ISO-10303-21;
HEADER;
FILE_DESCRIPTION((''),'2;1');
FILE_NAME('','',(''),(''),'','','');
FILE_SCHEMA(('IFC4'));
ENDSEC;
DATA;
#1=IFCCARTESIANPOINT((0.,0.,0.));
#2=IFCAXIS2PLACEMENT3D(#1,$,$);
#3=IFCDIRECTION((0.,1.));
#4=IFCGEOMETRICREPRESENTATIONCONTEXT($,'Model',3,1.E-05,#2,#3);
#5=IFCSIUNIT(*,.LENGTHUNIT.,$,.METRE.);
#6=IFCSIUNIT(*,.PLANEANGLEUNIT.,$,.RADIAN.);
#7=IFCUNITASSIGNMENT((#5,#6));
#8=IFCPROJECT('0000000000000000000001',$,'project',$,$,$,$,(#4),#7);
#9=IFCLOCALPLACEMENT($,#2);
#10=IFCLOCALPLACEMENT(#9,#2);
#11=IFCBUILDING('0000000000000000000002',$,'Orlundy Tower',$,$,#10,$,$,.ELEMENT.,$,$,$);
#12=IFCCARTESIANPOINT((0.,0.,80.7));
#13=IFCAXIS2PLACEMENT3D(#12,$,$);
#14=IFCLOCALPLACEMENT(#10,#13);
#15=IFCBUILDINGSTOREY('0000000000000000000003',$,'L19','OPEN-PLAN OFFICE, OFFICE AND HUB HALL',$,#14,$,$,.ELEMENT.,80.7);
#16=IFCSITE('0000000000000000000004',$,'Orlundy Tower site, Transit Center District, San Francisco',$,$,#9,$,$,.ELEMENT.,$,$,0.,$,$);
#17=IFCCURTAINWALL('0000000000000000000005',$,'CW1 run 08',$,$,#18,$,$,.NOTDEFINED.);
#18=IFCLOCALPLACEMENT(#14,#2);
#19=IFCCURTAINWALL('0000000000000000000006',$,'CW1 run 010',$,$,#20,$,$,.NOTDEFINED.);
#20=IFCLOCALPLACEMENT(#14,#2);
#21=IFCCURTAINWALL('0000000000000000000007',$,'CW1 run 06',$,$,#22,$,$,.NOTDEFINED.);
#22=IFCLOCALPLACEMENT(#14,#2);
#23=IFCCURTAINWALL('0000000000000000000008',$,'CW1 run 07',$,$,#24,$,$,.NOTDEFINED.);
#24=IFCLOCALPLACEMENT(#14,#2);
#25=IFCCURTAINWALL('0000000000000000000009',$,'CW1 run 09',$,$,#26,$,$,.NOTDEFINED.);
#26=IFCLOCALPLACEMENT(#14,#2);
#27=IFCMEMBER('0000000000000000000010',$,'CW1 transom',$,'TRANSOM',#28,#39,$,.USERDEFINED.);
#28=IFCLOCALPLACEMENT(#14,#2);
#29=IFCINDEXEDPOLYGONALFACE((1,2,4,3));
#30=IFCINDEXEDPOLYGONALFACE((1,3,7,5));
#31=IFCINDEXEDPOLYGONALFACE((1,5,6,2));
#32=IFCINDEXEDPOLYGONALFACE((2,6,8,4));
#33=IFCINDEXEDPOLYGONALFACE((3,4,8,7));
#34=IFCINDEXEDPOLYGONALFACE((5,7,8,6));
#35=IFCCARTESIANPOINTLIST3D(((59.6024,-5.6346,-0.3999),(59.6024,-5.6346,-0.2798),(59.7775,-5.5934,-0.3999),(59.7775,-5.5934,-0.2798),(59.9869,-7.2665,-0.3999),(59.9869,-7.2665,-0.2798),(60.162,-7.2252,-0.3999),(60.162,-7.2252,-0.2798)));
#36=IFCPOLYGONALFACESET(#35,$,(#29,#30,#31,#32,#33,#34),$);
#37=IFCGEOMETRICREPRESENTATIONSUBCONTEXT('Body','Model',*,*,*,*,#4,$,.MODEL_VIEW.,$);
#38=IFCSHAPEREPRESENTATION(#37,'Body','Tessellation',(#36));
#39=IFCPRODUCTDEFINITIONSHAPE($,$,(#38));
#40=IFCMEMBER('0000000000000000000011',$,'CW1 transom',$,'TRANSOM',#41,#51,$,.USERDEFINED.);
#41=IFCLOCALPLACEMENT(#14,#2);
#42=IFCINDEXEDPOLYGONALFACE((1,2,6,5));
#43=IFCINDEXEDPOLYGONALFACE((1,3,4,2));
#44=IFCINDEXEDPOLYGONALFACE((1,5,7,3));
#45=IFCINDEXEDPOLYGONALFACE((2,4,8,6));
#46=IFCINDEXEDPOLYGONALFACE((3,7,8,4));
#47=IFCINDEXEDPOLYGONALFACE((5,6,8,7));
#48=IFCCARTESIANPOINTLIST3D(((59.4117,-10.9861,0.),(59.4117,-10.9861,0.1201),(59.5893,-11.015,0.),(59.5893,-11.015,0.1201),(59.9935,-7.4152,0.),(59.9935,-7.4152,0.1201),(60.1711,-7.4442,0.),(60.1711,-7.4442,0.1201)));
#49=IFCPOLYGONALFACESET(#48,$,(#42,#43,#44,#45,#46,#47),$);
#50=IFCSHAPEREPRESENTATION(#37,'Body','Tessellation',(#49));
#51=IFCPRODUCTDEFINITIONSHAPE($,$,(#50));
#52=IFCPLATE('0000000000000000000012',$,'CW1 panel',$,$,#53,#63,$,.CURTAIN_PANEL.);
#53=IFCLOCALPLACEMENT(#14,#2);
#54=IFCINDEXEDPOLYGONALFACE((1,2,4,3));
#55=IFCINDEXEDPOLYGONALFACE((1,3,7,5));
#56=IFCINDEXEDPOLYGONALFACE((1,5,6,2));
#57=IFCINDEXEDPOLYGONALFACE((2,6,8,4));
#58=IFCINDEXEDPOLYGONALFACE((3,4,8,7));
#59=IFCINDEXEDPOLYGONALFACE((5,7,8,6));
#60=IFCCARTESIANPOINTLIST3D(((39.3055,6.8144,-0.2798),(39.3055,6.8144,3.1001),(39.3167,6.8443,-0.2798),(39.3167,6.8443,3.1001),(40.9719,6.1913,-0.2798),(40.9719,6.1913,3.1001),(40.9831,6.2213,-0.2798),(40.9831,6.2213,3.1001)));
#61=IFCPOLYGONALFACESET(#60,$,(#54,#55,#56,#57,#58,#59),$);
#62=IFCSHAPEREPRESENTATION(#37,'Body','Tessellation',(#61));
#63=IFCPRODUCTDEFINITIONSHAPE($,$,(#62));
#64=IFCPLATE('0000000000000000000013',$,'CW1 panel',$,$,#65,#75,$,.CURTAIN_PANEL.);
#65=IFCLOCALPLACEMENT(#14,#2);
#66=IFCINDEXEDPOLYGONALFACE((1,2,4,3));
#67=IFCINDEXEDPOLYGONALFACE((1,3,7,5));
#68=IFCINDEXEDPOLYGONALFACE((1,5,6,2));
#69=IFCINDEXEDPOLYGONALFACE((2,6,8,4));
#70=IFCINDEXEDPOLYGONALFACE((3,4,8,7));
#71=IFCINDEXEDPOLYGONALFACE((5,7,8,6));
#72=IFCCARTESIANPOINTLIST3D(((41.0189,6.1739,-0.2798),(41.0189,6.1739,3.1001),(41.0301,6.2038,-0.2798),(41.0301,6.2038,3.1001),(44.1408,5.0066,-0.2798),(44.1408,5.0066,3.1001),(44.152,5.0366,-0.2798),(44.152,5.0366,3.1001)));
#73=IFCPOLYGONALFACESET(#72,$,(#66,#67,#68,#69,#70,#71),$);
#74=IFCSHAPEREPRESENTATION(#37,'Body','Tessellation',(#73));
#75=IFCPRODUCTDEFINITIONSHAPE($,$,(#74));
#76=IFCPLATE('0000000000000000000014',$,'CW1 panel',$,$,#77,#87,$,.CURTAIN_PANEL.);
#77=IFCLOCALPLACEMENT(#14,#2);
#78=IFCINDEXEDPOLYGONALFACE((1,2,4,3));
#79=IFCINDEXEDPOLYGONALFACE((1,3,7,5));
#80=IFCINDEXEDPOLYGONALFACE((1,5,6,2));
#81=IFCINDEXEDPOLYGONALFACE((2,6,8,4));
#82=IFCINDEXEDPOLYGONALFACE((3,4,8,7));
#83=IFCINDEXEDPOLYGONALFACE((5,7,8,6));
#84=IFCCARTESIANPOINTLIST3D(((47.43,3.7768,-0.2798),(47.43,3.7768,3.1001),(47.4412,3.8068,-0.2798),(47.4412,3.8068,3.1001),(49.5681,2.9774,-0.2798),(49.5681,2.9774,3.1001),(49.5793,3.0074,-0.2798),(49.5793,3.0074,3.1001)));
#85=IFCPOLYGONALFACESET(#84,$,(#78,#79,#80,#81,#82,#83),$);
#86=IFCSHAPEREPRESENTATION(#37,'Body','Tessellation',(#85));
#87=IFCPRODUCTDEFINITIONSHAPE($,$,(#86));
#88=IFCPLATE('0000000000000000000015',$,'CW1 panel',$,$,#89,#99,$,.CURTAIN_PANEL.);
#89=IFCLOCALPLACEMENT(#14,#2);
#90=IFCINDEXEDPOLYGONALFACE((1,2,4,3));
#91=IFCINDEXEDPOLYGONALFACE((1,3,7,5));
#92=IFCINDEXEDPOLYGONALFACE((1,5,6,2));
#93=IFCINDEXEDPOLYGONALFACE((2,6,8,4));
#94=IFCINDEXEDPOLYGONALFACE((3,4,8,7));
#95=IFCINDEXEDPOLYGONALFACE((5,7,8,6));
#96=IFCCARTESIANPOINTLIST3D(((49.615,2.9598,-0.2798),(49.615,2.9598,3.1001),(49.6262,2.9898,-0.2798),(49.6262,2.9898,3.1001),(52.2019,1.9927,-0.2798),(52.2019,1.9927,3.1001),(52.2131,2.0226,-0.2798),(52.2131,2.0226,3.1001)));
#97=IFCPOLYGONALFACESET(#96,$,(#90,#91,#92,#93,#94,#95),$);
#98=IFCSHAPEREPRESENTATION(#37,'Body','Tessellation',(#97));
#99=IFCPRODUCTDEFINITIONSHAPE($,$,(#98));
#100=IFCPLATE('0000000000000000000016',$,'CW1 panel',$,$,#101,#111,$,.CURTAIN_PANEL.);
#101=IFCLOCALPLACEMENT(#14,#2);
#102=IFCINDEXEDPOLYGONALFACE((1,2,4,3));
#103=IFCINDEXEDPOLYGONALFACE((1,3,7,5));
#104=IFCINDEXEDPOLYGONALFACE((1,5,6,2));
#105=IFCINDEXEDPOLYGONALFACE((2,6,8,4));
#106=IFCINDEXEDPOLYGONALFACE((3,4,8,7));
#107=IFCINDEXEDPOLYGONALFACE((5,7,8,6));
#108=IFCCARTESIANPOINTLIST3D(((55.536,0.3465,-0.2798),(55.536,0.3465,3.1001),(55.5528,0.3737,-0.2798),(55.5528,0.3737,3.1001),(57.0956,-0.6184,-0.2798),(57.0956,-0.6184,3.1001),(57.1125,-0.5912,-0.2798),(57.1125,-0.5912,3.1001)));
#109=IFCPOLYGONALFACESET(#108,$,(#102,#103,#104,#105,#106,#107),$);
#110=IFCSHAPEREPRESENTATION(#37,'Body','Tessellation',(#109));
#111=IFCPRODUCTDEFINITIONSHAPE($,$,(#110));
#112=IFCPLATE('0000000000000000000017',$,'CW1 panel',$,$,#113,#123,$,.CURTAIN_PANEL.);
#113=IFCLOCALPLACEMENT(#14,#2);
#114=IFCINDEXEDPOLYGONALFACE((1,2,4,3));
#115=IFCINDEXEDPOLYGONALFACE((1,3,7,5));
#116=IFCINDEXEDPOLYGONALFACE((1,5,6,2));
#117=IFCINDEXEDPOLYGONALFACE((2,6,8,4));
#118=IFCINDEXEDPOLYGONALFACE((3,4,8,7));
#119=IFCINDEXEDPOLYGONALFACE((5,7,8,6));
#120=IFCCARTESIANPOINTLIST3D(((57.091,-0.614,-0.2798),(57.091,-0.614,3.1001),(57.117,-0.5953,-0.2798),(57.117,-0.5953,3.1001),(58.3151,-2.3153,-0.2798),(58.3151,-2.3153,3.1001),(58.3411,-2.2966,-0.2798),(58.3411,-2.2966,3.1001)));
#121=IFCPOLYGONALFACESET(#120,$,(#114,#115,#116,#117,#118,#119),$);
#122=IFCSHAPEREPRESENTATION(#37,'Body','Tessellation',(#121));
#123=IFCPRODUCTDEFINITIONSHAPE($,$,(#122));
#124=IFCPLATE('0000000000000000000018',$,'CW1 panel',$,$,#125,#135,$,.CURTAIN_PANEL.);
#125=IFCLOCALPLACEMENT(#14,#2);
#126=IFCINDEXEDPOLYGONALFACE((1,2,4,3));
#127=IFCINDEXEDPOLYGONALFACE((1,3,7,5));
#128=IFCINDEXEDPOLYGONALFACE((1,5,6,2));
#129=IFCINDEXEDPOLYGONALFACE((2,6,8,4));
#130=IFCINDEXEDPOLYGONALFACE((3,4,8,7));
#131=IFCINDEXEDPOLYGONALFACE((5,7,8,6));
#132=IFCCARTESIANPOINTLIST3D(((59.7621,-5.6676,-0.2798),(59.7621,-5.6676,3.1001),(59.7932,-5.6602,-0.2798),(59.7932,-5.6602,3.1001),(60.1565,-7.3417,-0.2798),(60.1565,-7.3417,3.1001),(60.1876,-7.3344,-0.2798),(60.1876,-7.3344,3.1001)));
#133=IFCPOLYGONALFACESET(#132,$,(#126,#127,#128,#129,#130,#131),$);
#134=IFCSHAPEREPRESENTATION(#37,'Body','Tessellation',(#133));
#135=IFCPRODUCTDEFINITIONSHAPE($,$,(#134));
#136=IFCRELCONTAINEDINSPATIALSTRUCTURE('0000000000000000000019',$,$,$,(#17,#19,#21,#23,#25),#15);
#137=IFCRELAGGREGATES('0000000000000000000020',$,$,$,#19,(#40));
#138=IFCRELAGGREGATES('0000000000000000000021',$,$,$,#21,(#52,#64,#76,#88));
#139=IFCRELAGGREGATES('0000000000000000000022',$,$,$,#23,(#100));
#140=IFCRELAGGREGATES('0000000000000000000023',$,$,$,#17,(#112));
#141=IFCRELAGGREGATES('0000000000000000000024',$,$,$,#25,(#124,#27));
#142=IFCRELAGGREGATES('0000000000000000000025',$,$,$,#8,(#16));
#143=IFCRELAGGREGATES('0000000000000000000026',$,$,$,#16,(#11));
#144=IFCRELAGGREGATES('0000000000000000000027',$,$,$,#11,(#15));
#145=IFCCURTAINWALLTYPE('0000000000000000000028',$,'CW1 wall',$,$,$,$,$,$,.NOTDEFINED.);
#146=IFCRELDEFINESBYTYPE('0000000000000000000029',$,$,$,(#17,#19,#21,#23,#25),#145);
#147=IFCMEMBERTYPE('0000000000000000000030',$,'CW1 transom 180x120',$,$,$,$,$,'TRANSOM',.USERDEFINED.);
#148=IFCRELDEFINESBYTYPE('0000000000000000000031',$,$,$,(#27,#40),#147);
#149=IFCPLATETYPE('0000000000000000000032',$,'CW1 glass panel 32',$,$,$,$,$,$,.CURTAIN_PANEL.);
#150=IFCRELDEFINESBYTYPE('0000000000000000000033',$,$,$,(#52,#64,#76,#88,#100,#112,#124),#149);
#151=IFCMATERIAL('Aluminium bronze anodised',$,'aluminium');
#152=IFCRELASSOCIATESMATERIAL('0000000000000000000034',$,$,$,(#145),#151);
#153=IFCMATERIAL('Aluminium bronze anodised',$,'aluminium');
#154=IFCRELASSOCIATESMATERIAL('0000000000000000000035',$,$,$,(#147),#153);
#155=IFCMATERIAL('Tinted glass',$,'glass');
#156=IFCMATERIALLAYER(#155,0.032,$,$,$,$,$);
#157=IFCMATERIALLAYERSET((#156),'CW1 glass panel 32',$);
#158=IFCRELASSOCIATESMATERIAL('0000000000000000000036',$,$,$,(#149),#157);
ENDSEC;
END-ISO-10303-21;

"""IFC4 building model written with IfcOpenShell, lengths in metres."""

from ifc_helpers import new_model, si_unit, direction, frame, origin, origin_2d, place, context, subcontext, project, spatial, rectangle, extrude, material, layer, layer_set, material_profile, profile_set, type_object, element, aggregate, save


model = new_model("IFC4")

# Units and contexts
model_context = context("Model", 3, precision=1e-05, world=origin(), true_north=direction((0.0, 1.0)))
body_context = subcontext(model_context, "Body", "Model", "MODEL_VIEW")
ifc_project = project(units=[si_unit("LENGTHUNIT", "METRE"), si_unit("PLANEANGLEUNIT", "RADIAN")], contexts=[model_context])

# Site, building, storey
site_placement = place(None, origin())
site = spatial("IfcSite", under=ifc_project, at=site_placement, Name="Orlundy Tower site, Transit Center District, San Francisco", CompositionType="ELEMENT", RefElevation=0.0)
building_placement = place(site_placement, origin())
building = spatial("IfcBuilding", under=site, at=building_placement, Name="Orlundy Tower", CompositionType="ELEMENT")
storey_placement = place(building_placement, frame((0.0, 0.0, 80.7)))
storey = spatial("IfcBuildingStorey", under=building, at=storey_placement, Name="L19", Description="OPEN-PLAN OFFICE, OFFICE AND HUB HALL", CompositionType="ELEMENT", Elevation=80.7)

# Curtain walls
ifc_material_1 = material(Name="Aluminium bronze anodised", Category="aluminium")
curtain_wall_type = type_object("IfcCurtainWallType", Name="CW1 wall", PredefinedType="NOTDEFINED", material=ifc_material_1)
curtain_wall_1_placement = place(storey_placement, origin())
curtain_wall_1 = element("IfcCurtainWall", 1, at=curtain_wall_1_placement, inside=storey, type_object=curtain_wall_type, Name="CW1 run 08", PredefinedType="NOTDEFINED")
curtain_wall_2_placement = place(storey_placement, origin())
curtain_wall_2 = element("IfcCurtainWall", 2, at=curtain_wall_2_placement, inside=storey, type_object=curtain_wall_type, Name="CW1 run 010", PredefinedType="NOTDEFINED")

# Curtain wall
curtain_wall_3_placement = place(storey_placement, origin())
curtain_wall_3 = element("IfcCurtainWall", 3, at=curtain_wall_3_placement, inside=storey, type_object=curtain_wall_type, Name="CW1 run 06", PredefinedType="NOTDEFINED")
ifc_material_2 = material(Name="Aluminium bronze anodised", Category="aluminium")
ifc_material_profile_1 = material_profile(ifc_material_2, rectangle(XDim=0.1799, YDim=0.1201, at=origin_2d()), Name="CW1 transom 180x120")
ifc_profile_set_1 = profile_set([ifc_material_profile_1], Name="Aluminium bronze anodised")
member_type_1 = type_object("IfcMemberType", Name="CW1 transom 180x120", ElementType="TRANSOM", PredefinedType="USERDEFINED", material=ifc_profile_set_1)

# Curtain wall
curtain_wall_4_placement = place(storey_placement, origin())
curtain_wall_4 = element("IfcCurtainWall", 4, at=curtain_wall_4_placement, inside=storey, type_object=curtain_wall_type, Name="CW1 run 07", PredefinedType="NOTDEFINED")

# Curtain wall, member
curtain_wall_5_placement = place(storey_placement, origin())
curtain_wall_5 = element("IfcCurtainWall", 5, at=curtain_wall_5_placement, inside=storey, type_object=curtain_wall_type, Name="CW1 run 09", PredefinedType="NOTDEFINED")
member_1_placement = place(storey_placement, frame((59.6899, -5.614, -0.3398), z_axis=(0.229356, -0.973343, 0.0), x_axis=(0.973343, 0.229356, 0.0)))
member_1 = element("IfcMember", 6, at=member_1_placement, type_object=member_type_1, Name="CW1 transom", ObjectType="TRANSOM", PredefinedType="USERDEFINED", context=body_context, shape_type="SweptSolid", body=[
    extrude(rectangle(XDim=0.1799, YDim=0.1201, at=origin_2d()), origin(), (0.0, 0.0, 1.0), 1.6765),
])

# Member
member_2_placement = place(storey_placement, frame((60.0823, -7.4297, 0.0601), z_axis=(-0.160809, -0.986986, 0.0), x_axis=(0.986986, -0.160809, 0.0)))
member_2 = element("IfcMember", 7, at=member_2_placement, type_object=member_type_1, Name="CW1 transom", ObjectType="TRANSOM", PredefinedType="USERDEFINED", context=body_context, shape_type="SweptSolid", body=[
    extrude(rectangle(XDim=0.1799, YDim=0.1201, at=origin_2d()), origin(), (0.0, 0.0, 1.0), 3.6179),
])
aggregate(curtain_wall_2, [member_2])

# Plates
ifc_material_3 = material(Name="Tinted glass", Category="glass")
ifc_layer = layer(ifc_material_3, 0.032)
ifc_layer_set = layer_set([ifc_layer], Name="CW1 glass panel 32")
plate_type = type_object("IfcPlateType", Name="CW1 glass panel 32", PredefinedType="CURTAIN_PANEL", material=ifc_layer_set)
plate_1_placement = place(storey_placement, frame((40.1443, 6.5178, -0.2798), z_axis=(0.0, 0.0, 1.0), x_axis=(0.936674, -0.350204, 0.0)))
plate_1 = element("IfcPlate", 8, at=plate_1_placement, type_object=plate_type, Name="CW1 panel", PredefinedType="CURTAIN_PANEL", context=body_context, shape_type="SweptSolid", body=[
    extrude(rectangle(XDim=1.7791, YDim=0.032, at=origin_2d()), origin(), (0.0, 0.0, 1.0), 3.3799),
])
plate_2_placement = place(storey_placement, frame((42.5854, 5.6052, -0.2798), z_axis=(0.0, 0.0, 1.0), x_axis=(0.936674, -0.350204, 0.0)))
plate_2 = element("IfcPlate", 9, at=plate_2_placement, type_object=plate_type, Name="CW1 panel", PredefinedType="CURTAIN_PANEL", context=body_context, shape_type="SweptSolid", body=[
    extrude(rectangle(XDim=3.333, YDim=0.032, at=origin_2d()), origin(), (0.0, 0.0, 1.0), 3.3799),
])
plate_3_placement = place(storey_placement, frame((48.5046, 3.3921, -0.2798), z_axis=(0.0, 0.0, 1.0), x_axis=(0.936674, -0.350204, 0.0)))
plate_3 = element("IfcPlate", 10, at=plate_3_placement, type_object=plate_type, Name="CW1 panel", PredefinedType="CURTAIN_PANEL", context=body_context, shape_type="SweptSolid", body=[
    extrude(rectangle(XDim=2.2827, YDim=0.032, at=origin_2d()), origin(), (0.0, 0.0, 1.0), 3.3799),
])
plate_4_placement = place(storey_placement, frame((50.9141, 2.4912, -0.2798), z_axis=(0.0, 0.0, 1.0), x_axis=(0.936674, -0.350204, 0.0)))
plate_4 = element("IfcPlate", 11, at=plate_4_placement, type_object=plate_type, Name="CW1 panel", PredefinedType="CURTAIN_PANEL", context=body_context, shape_type="SweptSolid", body=[
    extrude(rectangle(XDim=2.7617, YDim=0.032, at=origin_2d()), origin(), (0.0, 0.0, 1.0), 3.3799),
])
aggregate(curtain_wall_3, [plate_1, plate_2, plate_3, plate_4])
plate_5_placement = place(storey_placement, frame((56.3242, -0.1223, -0.2798), z_axis=(0.0, 0.0, 1.0), x_axis=(0.850415, -0.526113, 0.0)))
plate_5 = element("IfcPlate", 12, at=plate_5_placement, type_object=plate_type, Name="CW1 panel", PredefinedType="CURTAIN_PANEL", context=body_context, shape_type="SweptSolid", body=[
    extrude(rectangle(XDim=1.834, YDim=0.032, at=origin_2d()), origin(), (0.0, 0.0, 1.0), 3.3799),
])
aggregate(curtain_wall_4, [plate_5])
plate_6_placement = place(storey_placement, frame((57.7161, -1.4553, -0.2798), z_axis=(0.0, 0.0, 1.0), x_axis=(0.584042, -0.811724, 0.0)))
plate_6 = element("IfcPlate", 13, at=plate_6_placement, type_object=plate_type, Name="CW1 panel", PredefinedType="CURTAIN_PANEL", context=body_context, shape_type="SweptSolid", body=[
    extrude(rectangle(XDim=2.0959, YDim=0.032, at=origin_2d()), origin(), (0.0, 0.0, 1.0), 3.3799),
])
aggregate(curtain_wall_1, [plate_6])
plate_7_placement = place(storey_placement, frame((59.9749, -6.501, -0.2798), z_axis=(0.0, 0.0, 1.0), x_axis=(0.22931, -0.973353, 0.0)))
plate_7 = element("IfcPlate", 14, at=plate_7_placement, type_object=plate_type, Name="CW1 panel", PredefinedType="CURTAIN_PANEL", context=body_context, shape_type="SweptSolid", body=[
    extrude(rectangle(XDim=1.72, YDim=0.032, at=origin_2d()), origin(), (0.0, 0.0, 1.0), 3.3799),
])
aggregate(curtain_wall_5, [plate_7, member_1])

save(model, "model.ifc")
